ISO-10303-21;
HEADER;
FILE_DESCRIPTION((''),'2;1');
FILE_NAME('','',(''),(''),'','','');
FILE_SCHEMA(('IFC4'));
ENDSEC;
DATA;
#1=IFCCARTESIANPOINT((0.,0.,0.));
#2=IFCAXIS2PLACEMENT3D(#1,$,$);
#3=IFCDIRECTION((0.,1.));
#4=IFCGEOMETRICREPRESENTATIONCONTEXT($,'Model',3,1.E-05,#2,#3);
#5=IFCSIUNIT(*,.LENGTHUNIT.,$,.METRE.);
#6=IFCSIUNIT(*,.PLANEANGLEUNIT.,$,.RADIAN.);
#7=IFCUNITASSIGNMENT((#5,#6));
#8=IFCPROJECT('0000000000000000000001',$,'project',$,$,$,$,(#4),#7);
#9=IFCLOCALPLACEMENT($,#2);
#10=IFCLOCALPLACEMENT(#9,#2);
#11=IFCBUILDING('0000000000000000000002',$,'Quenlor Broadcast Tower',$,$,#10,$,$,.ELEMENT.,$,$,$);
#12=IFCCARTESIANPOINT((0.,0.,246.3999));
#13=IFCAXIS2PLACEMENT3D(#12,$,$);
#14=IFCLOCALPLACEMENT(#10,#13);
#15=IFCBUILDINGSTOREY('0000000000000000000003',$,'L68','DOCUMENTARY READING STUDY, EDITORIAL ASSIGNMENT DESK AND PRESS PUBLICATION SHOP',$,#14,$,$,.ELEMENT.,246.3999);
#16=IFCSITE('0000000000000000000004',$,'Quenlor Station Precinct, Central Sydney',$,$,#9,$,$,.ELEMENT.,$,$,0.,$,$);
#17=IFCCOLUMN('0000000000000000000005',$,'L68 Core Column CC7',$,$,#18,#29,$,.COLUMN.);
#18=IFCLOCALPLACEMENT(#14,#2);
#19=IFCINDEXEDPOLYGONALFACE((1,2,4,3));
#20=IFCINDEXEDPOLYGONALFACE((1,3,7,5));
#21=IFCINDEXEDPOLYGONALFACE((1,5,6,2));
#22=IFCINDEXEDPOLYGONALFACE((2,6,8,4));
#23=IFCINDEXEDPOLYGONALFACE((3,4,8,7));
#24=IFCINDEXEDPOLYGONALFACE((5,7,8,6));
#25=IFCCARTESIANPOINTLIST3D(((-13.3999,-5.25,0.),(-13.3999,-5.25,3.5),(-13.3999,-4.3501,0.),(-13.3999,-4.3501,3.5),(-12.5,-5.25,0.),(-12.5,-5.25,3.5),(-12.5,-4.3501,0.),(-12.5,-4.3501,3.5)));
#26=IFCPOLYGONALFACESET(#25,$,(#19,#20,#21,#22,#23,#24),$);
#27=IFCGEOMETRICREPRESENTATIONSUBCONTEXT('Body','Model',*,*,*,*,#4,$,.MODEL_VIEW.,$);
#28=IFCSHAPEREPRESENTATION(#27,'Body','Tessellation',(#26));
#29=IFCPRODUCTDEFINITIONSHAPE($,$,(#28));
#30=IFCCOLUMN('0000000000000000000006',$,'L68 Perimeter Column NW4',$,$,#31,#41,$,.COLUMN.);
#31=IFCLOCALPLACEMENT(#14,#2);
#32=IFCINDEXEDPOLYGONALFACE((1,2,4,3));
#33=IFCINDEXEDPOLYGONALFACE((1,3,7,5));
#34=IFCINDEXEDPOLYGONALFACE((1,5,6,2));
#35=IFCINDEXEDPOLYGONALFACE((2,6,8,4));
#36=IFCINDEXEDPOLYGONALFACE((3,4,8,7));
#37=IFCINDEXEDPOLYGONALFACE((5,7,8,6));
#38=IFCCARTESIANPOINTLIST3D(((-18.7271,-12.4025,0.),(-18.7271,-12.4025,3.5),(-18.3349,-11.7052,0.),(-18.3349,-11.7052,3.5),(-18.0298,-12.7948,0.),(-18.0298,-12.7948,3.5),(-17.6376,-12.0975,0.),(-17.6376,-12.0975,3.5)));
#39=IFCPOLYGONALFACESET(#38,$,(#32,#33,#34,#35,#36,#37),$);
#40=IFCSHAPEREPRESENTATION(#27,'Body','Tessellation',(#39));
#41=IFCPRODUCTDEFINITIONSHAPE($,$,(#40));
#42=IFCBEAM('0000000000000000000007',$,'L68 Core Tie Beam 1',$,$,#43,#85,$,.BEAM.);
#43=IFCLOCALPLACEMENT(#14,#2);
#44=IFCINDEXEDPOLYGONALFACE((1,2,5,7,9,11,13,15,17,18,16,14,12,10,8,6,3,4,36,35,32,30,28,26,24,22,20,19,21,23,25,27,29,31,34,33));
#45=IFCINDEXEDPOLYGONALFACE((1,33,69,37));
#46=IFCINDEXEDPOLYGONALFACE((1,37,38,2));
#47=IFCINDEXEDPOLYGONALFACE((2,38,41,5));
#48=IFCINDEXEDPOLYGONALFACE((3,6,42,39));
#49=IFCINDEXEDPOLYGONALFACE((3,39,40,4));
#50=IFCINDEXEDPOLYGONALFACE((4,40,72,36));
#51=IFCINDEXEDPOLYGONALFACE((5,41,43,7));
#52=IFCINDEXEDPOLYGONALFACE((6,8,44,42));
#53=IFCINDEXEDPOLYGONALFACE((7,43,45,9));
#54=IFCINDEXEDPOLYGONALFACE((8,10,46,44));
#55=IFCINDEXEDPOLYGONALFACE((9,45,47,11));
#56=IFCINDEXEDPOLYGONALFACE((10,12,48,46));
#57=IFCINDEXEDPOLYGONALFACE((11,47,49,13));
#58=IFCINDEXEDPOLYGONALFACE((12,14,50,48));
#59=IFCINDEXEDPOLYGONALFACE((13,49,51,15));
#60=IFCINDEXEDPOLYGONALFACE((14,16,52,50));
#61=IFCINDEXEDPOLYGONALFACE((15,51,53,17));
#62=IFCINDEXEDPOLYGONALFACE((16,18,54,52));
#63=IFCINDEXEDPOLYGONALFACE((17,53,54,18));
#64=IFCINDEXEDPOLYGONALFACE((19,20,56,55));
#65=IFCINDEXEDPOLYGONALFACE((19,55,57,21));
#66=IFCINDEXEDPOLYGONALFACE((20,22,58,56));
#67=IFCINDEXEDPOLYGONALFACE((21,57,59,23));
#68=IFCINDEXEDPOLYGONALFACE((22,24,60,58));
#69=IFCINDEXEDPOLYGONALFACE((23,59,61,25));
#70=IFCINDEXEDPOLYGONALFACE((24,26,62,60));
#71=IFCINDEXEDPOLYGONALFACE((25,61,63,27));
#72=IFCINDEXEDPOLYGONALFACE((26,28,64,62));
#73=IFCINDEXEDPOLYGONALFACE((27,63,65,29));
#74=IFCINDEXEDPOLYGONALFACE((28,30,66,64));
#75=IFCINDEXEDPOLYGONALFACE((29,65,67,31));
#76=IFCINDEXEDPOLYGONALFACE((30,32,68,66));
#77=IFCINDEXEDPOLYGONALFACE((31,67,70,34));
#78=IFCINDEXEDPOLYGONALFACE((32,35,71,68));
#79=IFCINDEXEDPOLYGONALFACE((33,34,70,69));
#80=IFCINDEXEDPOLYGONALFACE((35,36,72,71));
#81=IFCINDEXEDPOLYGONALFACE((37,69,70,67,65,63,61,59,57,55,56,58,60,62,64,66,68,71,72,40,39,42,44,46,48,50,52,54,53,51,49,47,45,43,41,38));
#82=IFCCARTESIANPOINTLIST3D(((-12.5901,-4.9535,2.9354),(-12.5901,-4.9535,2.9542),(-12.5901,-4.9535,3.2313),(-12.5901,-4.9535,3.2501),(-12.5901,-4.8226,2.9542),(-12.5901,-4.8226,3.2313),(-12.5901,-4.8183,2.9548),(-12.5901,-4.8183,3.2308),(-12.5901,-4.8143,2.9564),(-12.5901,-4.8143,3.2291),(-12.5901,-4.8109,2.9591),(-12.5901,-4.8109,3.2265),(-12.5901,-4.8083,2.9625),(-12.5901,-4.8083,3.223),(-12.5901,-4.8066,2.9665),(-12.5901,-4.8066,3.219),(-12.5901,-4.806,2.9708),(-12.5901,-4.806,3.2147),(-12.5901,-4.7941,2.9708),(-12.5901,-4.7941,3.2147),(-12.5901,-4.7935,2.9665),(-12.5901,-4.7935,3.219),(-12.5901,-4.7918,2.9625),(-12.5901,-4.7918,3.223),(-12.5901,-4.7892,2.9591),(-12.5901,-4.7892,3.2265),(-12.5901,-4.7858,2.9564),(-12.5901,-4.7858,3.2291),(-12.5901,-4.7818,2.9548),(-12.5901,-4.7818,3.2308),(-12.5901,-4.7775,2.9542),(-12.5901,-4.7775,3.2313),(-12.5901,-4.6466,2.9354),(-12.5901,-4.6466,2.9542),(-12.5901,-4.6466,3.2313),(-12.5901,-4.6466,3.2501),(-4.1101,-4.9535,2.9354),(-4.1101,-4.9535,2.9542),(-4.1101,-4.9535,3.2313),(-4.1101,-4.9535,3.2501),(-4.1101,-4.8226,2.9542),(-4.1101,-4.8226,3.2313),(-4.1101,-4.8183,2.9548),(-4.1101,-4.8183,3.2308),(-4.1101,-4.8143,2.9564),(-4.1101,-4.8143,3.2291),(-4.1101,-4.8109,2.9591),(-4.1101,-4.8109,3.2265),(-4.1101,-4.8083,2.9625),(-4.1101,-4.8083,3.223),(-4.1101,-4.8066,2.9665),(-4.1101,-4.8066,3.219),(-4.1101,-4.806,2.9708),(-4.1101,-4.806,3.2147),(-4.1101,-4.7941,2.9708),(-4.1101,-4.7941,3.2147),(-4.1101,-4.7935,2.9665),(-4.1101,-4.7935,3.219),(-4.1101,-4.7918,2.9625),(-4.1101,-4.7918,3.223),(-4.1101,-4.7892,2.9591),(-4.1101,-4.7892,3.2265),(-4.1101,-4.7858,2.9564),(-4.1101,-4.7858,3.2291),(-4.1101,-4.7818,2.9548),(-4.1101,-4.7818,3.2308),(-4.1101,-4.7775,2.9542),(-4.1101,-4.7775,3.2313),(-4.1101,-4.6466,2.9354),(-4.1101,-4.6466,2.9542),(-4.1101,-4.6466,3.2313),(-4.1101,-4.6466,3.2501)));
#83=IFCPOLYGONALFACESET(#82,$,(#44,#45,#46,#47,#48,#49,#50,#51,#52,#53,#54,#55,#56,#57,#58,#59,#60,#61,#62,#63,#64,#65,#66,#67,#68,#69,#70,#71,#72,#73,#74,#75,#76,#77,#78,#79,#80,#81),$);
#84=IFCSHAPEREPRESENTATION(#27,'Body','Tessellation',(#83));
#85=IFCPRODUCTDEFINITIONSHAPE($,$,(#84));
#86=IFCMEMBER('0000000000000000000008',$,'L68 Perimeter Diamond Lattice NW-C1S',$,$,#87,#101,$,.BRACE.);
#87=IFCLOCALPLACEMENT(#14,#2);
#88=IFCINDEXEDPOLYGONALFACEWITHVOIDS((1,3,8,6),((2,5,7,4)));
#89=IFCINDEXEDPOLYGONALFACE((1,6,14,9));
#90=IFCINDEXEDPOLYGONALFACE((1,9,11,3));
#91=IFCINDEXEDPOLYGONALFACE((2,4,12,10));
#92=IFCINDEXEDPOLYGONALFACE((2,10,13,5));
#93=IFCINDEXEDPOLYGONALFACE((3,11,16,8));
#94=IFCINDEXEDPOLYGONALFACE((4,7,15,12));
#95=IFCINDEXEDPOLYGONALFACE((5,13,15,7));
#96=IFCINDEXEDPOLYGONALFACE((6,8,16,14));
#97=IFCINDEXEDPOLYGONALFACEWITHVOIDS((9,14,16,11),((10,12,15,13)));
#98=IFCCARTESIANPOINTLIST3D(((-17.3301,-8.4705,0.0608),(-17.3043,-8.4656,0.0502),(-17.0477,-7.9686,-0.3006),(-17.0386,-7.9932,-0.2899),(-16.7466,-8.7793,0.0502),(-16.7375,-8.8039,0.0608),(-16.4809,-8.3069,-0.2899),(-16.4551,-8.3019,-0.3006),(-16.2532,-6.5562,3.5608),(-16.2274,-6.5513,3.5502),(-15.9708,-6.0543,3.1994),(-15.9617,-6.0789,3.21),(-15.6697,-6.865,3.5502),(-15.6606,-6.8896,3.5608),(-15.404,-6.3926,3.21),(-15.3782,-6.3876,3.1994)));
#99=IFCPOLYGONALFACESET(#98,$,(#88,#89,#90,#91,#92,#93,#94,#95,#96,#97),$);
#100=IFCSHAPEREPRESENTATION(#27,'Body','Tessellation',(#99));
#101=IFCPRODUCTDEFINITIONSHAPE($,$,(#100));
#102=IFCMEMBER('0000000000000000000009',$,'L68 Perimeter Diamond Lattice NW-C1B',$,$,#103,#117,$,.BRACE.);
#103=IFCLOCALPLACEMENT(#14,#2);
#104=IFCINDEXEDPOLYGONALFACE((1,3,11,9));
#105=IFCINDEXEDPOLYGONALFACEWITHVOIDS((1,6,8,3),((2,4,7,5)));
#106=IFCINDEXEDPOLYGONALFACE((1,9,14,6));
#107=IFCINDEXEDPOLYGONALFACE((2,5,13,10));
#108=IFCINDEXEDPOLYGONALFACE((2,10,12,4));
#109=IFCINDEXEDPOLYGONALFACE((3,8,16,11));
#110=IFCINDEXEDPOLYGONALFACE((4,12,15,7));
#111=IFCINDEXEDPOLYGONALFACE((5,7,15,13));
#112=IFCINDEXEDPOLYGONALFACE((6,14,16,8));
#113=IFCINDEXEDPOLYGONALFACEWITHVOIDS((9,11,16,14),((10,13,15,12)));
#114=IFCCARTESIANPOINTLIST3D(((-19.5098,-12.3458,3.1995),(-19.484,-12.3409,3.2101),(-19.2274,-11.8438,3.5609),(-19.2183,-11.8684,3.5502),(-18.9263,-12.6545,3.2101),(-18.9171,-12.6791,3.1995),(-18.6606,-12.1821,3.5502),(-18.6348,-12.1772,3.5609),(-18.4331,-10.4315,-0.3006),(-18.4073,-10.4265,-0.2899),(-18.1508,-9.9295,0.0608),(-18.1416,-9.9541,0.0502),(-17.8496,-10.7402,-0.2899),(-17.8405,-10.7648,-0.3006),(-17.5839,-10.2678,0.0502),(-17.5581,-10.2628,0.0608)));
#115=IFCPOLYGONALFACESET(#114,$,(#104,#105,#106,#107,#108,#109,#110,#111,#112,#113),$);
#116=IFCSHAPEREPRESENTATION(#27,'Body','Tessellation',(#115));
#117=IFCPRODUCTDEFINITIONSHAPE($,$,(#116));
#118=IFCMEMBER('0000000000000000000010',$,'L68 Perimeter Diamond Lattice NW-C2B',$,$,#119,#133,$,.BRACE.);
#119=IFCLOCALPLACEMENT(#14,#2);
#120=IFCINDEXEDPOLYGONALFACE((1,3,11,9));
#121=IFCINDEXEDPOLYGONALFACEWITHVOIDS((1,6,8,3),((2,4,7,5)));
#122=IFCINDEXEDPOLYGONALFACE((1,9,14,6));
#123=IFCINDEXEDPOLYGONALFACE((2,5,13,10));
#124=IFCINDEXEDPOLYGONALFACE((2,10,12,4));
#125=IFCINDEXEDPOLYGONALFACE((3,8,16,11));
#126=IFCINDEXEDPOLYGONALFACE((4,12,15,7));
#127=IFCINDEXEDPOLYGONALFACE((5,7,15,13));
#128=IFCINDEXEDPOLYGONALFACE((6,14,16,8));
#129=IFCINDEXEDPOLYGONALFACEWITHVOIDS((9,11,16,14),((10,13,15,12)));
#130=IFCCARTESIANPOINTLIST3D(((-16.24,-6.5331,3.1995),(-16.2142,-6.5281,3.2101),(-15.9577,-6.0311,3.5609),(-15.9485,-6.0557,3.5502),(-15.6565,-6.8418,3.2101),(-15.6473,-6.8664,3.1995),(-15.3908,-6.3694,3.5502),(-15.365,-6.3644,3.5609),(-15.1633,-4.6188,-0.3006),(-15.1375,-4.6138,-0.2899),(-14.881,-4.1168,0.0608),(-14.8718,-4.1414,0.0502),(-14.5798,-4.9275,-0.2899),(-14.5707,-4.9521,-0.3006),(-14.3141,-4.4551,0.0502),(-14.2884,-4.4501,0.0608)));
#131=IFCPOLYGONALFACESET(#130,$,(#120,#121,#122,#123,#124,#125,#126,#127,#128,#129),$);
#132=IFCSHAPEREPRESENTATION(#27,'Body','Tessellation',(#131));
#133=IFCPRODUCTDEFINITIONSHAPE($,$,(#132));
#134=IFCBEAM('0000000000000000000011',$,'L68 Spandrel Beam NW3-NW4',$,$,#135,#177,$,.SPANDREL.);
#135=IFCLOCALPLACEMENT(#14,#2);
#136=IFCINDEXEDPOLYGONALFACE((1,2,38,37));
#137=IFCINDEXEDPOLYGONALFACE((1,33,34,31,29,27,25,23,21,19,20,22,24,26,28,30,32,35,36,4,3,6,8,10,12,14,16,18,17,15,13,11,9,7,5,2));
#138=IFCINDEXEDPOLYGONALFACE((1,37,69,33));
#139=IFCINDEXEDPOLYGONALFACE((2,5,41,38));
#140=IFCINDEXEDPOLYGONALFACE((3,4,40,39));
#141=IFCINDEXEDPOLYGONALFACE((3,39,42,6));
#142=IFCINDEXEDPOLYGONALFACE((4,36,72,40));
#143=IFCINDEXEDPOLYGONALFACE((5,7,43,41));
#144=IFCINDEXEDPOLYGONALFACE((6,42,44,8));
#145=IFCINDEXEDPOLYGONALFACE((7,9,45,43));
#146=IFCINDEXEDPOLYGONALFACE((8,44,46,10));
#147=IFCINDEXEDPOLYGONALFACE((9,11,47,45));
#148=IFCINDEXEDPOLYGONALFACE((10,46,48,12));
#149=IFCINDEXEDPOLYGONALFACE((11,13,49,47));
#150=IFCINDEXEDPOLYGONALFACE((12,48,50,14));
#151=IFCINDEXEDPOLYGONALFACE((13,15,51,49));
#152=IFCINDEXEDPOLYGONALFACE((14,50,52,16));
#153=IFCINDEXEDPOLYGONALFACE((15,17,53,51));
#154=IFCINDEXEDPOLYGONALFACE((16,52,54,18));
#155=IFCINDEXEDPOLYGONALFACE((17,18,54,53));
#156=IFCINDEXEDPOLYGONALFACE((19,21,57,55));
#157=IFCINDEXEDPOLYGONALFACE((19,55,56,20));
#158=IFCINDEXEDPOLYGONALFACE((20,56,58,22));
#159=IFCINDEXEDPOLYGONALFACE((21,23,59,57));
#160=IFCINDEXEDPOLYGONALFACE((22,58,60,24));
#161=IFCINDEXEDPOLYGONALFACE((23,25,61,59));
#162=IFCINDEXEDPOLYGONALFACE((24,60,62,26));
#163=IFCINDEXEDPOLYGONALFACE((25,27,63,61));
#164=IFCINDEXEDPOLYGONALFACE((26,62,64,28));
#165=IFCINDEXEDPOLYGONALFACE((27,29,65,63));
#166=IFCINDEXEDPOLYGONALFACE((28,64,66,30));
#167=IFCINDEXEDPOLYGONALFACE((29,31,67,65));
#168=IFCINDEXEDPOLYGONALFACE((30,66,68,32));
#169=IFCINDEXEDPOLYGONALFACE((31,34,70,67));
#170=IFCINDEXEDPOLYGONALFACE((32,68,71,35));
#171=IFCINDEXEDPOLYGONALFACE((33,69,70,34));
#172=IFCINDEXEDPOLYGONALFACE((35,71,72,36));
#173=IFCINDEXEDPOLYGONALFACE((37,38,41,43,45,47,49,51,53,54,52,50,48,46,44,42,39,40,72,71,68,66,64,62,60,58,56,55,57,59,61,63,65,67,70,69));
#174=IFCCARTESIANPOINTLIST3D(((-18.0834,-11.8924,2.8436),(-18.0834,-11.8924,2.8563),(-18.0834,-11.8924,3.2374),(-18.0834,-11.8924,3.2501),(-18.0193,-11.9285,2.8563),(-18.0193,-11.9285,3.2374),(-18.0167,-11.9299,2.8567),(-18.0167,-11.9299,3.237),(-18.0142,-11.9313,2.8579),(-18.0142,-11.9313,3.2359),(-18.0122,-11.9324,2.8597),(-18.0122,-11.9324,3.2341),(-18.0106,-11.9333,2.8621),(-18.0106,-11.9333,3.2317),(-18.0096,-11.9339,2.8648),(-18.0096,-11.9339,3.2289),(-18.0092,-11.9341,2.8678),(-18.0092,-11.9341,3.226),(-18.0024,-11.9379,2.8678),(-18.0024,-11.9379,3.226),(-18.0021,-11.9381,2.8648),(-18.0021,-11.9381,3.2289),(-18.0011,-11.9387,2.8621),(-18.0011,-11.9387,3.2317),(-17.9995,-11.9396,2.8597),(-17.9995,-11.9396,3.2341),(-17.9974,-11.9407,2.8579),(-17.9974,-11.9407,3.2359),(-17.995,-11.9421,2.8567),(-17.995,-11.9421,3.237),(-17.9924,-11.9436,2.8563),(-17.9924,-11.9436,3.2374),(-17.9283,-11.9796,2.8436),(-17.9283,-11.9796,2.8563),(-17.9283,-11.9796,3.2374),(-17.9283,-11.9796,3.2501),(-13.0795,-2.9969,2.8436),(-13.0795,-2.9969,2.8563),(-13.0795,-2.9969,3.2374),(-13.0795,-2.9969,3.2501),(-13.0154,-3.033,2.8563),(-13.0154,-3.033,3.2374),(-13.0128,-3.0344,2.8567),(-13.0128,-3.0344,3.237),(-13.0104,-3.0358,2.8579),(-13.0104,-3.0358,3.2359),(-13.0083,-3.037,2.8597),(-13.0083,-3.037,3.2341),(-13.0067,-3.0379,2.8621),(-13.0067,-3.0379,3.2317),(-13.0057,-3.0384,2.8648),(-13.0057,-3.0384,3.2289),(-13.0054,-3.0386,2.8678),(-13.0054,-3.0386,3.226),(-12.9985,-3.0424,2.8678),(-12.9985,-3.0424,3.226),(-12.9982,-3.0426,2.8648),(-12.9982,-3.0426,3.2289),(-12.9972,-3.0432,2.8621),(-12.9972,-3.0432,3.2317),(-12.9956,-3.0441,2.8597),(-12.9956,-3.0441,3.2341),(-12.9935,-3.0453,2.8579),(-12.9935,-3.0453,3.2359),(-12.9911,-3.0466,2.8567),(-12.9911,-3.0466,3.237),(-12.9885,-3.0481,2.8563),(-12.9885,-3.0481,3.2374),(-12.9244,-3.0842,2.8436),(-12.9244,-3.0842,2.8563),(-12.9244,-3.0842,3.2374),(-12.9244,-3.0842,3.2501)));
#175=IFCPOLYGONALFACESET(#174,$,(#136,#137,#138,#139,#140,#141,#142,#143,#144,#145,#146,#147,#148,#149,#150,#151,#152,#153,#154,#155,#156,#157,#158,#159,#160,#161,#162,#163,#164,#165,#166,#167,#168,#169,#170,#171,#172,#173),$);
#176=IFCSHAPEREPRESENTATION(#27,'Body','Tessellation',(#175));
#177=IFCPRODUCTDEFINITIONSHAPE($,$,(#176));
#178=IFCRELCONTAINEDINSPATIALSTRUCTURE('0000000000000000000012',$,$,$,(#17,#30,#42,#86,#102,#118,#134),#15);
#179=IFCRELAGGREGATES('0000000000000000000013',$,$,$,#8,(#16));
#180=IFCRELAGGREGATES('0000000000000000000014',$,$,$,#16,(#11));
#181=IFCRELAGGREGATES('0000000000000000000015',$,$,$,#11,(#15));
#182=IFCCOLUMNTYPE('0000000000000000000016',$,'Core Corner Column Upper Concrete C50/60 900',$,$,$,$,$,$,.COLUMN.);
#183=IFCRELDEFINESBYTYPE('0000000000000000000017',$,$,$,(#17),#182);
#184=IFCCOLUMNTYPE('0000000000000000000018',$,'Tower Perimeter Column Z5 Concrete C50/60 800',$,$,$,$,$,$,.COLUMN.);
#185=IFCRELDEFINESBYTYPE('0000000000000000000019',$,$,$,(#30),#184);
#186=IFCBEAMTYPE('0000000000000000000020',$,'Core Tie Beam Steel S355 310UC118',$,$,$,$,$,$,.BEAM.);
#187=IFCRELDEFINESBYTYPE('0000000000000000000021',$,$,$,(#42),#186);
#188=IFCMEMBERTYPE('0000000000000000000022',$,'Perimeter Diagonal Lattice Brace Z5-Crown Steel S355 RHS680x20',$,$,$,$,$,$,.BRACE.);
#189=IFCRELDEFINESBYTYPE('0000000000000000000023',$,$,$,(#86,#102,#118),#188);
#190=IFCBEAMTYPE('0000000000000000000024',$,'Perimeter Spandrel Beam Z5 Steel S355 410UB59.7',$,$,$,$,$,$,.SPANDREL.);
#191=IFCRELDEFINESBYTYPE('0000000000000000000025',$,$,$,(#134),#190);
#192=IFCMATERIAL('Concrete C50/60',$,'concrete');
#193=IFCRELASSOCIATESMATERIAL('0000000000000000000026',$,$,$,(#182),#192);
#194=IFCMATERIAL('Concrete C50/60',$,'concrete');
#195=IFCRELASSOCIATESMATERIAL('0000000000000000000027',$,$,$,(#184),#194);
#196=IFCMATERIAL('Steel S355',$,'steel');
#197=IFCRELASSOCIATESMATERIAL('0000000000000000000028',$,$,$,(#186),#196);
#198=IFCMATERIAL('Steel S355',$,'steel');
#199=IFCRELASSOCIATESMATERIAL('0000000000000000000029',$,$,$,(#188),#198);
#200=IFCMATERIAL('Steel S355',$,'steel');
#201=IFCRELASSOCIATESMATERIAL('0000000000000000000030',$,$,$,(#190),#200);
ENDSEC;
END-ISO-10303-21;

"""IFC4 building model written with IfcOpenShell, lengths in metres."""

from ifc_helpers import new_model, si_unit, direction, frame, origin, origin_2d, place, context, subcontext, project, spatial, rectangle, hollow_rectangle, i_section, extrude, material, material_profile, profile_set, type_object, element, save


model = new_model("IFC4")

# Units and contexts
model_context = context("Model", 3, precision=1e-05, world=origin(), true_north=direction((0.0, 1.0)))
body_context = subcontext(model_context, "Body", "Model", "MODEL_VIEW")
ifc_project = project(units=[si_unit("LENGTHUNIT", "METRE"), si_unit("PLANEANGLEUNIT", "RADIAN")], contexts=[model_context])

# Site, building, storey
site_placement = place(None, origin())
site = spatial("IfcSite", under=ifc_project, at=site_placement, Name="Quenlor Station Precinct, Central Sydney", CompositionType="ELEMENT", RefElevation=0.0)
building_placement = place(site_placement, origin())
building = spatial("IfcBuilding", under=site, at=building_placement, Name="Quenlor Broadcast Tower", CompositionType="ELEMENT")
storey_placement = place(building_placement, frame((0.0, 0.0, 246.3999)))
storey = spatial("IfcBuildingStorey", under=building, at=storey_placement, Name="L68", Description="DOCUMENTARY READING STUDY, EDITORIAL ASSIGNMENT DESK AND PRESS PUBLICATION SHOP", CompositionType="ELEMENT", Elevation=246.3999)

# Columns
ifc_material_1 = material(Name="Concrete C50/60", Category="concrete")
ifc_material_profile_1 = material_profile(ifc_material_1, rectangle(XDim=0.8999, YDim=0.8999, at=origin_2d()))
ifc_profile_set_1 = profile_set([ifc_material_profile_1], Name="Concrete C50/60 RC900x900")
column_type_1 = type_object("IfcColumnType", Name="Core Corner Column Upper Concrete C50/60 900", PredefinedType="COLUMN", material=ifc_profile_set_1)
column_1_placement = place(storey_placement, frame((-12.95, -4.8, 0.0), z_axis=(0.0, 0.0, 1.0), x_axis=(1.0, 0.0, 0.0)))
element("IfcColumn", 1, at=column_1_placement, inside=storey, type_object=column_type_1, Name="L68 Core Column CC7", PredefinedType="COLUMN", context=body_context, shape_type="SweptSolid", body=[
    extrude(rectangle(XDim=0.8999, YDim=0.8999, at=origin_2d()), origin(), (0.0, 0.0, 1.0), 3.5),
])
ifc_material_2 = material(Name="Concrete C50/60", Category="concrete")
ifc_material_profile_2 = material_profile(ifc_material_2, rectangle(XDim=0.8, YDim=0.8, at=origin_2d()))
ifc_profile_set_2 = profile_set([ifc_material_profile_2], Name="Concrete C50/60 RC800x800")
column_type_2 = type_object("IfcColumnType", Name="Tower Perimeter Column Z5 Concrete C50/60 800", PredefinedType="COLUMN", material=ifc_profile_set_2)
column_2_placement = place(storey_placement, frame((-18.1824, -12.25, 0.0), z_axis=(0.0, 0.0, 1.0), x_axis=(-0.871575, 0.490262, 0.0)))
element("IfcColumn", 2, at=column_2_placement, inside=storey, type_object=column_type_2, Name="L68 Perimeter Column NW4", PredefinedType="COLUMN", context=body_context, shape_type="SweptSolid", body=[
    extrude(rectangle(XDim=0.8, YDim=0.8, at=origin_2d()), origin(), (0.0, 0.0, 1.0), 3.5),
])

# Beam
ifc_material_3 = material(Name="Steel S355", Category="steel")
ifc_material_profile_3 = material_profile(ifc_material_3, i_section(OverallWidth=0.3069, OverallDepth=0.3147, WebThickness=0.012, FlangeThickness=0.0188, FilletRadius=0.0166, at=origin_2d()))
ifc_profile_set_3 = profile_set([ifc_material_profile_3], Name="Steel S355 310UC118")
beam_type_1 = type_object("IfcBeamType", Name="Core Tie Beam Steel S355 310UC118", PredefinedType="BEAM", material=ifc_profile_set_3)
beam_1_placement = place(storey_placement, frame((-12.5901, -4.8, 3.0928), z_axis=(1.0, 0.0, 0.0), x_axis=(0.0, 1.0, 0.0)))
element("IfcBeam", 3, at=beam_1_placement, inside=storey, type_object=beam_type_1, Name="L68 Core Tie Beam 1", PredefinedType="BEAM", context=body_context, shape_type="SweptSolid", body=[
    extrude(i_section(OverallWidth=0.3069, OverallDepth=0.3147, WebThickness=0.012, FlangeThickness=0.0188, FilletRadius=0.0166, at=origin_2d()), origin(), (0.0, 0.0, 1.0), 8.48),
])

# Members
ifc_material_4 = material(Name="Steel S355", Category="steel")
ifc_material_profile_4 = material_profile(ifc_material_4, hollow_rectangle(XDim=0.6799, YDim=0.6799, WallThickness=0.02, at=origin_2d()))
ifc_profile_set_4 = profile_set([ifc_material_profile_4], Name="Steel S355 RHS680x680x20")
member_type = type_object("IfcMemberType", Name="Perimeter Diagonal Lattice Brace Z5-Crown Steel S355 RHS680x20", PredefinedType="BRACE", material=ifc_profile_set_4)
for number, where, z_axis, x_axis, name in (
    (4, (-16.8926, -8.3862, -0.1199), (0.260619, 0.463276, 0.847026), (-0.871555, 0.490298, 0.0), "L68 Perimeter Diamond Lattice NW-C1S"),
    (5, (-17.9956, -10.3472, -0.1199), (-0.260564, -0.463283, 0.847039), (0.871602, -0.490214, 0.0), "L68 Perimeter Diamond Lattice NW-C1B"),
    (6, (-14.7258, -4.5344, -0.1199), (-0.260564, -0.463283, 0.847039), (0.871602, -0.490214, 0.0), "L68 Perimeter Diamond Lattice NW-C2B"),
):
    element("IfcMember", number, at=place(storey_placement, frame(where, z_axis=z_axis, x_axis=x_axis)), inside=storey, type_object=member_type, Name=name, PredefinedType="BRACE", context=body_context, shape_type="SweptSolid", body=[
        extrude(hollow_rectangle(XDim=0.6799, YDim=0.6799, WallThickness=0.02, at=origin_2d()), origin(), (0.0, 0.0, 1.0), 4.1321),
    ])

# Beam
ifc_material_5 = material(Name="Steel S355", Category="steel")
ifc_material_profile_5 = material_profile(ifc_material_5, i_section(OverallWidth=0.178, OverallDepth=0.4065, WebThickness=0.0078, FlangeThickness=0.0127, FilletRadius=0.0115, at=origin_2d()))
ifc_profile_set_5 = profile_set([ifc_material_profile_5], Name="Steel S355 410UB59.7")
beam_type_2 = type_object("IfcBeamType", Name="Perimeter Spandrel Beam Z5 Steel S355 410UB59.7", PredefinedType="SPANDREL", material=ifc_profile_set_5)
beam_2_placement = place(storey_placement, frame((-13.002, -3.0405, 3.0469), z_axis=(-0.490275, -0.871568, 0.0), x_axis=(0.871568, -0.490275, 0.0)))
element("IfcBeam", 7, at=beam_2_placement, inside=storey, type_object=beam_type_2, Name="L68 Spandrel Beam NW3-NW4", PredefinedType="SPANDREL", context=body_context, shape_type="SweptSolid", body=[
    extrude(i_section(OverallWidth=0.178, OverallDepth=0.4065, WebThickness=0.0078, FlangeThickness=0.0127, FilletRadius=0.0115, at=origin_2d()), origin(), (0.0, 0.0, 1.0), 10.2063),
])

save(model, "model.ifc")
